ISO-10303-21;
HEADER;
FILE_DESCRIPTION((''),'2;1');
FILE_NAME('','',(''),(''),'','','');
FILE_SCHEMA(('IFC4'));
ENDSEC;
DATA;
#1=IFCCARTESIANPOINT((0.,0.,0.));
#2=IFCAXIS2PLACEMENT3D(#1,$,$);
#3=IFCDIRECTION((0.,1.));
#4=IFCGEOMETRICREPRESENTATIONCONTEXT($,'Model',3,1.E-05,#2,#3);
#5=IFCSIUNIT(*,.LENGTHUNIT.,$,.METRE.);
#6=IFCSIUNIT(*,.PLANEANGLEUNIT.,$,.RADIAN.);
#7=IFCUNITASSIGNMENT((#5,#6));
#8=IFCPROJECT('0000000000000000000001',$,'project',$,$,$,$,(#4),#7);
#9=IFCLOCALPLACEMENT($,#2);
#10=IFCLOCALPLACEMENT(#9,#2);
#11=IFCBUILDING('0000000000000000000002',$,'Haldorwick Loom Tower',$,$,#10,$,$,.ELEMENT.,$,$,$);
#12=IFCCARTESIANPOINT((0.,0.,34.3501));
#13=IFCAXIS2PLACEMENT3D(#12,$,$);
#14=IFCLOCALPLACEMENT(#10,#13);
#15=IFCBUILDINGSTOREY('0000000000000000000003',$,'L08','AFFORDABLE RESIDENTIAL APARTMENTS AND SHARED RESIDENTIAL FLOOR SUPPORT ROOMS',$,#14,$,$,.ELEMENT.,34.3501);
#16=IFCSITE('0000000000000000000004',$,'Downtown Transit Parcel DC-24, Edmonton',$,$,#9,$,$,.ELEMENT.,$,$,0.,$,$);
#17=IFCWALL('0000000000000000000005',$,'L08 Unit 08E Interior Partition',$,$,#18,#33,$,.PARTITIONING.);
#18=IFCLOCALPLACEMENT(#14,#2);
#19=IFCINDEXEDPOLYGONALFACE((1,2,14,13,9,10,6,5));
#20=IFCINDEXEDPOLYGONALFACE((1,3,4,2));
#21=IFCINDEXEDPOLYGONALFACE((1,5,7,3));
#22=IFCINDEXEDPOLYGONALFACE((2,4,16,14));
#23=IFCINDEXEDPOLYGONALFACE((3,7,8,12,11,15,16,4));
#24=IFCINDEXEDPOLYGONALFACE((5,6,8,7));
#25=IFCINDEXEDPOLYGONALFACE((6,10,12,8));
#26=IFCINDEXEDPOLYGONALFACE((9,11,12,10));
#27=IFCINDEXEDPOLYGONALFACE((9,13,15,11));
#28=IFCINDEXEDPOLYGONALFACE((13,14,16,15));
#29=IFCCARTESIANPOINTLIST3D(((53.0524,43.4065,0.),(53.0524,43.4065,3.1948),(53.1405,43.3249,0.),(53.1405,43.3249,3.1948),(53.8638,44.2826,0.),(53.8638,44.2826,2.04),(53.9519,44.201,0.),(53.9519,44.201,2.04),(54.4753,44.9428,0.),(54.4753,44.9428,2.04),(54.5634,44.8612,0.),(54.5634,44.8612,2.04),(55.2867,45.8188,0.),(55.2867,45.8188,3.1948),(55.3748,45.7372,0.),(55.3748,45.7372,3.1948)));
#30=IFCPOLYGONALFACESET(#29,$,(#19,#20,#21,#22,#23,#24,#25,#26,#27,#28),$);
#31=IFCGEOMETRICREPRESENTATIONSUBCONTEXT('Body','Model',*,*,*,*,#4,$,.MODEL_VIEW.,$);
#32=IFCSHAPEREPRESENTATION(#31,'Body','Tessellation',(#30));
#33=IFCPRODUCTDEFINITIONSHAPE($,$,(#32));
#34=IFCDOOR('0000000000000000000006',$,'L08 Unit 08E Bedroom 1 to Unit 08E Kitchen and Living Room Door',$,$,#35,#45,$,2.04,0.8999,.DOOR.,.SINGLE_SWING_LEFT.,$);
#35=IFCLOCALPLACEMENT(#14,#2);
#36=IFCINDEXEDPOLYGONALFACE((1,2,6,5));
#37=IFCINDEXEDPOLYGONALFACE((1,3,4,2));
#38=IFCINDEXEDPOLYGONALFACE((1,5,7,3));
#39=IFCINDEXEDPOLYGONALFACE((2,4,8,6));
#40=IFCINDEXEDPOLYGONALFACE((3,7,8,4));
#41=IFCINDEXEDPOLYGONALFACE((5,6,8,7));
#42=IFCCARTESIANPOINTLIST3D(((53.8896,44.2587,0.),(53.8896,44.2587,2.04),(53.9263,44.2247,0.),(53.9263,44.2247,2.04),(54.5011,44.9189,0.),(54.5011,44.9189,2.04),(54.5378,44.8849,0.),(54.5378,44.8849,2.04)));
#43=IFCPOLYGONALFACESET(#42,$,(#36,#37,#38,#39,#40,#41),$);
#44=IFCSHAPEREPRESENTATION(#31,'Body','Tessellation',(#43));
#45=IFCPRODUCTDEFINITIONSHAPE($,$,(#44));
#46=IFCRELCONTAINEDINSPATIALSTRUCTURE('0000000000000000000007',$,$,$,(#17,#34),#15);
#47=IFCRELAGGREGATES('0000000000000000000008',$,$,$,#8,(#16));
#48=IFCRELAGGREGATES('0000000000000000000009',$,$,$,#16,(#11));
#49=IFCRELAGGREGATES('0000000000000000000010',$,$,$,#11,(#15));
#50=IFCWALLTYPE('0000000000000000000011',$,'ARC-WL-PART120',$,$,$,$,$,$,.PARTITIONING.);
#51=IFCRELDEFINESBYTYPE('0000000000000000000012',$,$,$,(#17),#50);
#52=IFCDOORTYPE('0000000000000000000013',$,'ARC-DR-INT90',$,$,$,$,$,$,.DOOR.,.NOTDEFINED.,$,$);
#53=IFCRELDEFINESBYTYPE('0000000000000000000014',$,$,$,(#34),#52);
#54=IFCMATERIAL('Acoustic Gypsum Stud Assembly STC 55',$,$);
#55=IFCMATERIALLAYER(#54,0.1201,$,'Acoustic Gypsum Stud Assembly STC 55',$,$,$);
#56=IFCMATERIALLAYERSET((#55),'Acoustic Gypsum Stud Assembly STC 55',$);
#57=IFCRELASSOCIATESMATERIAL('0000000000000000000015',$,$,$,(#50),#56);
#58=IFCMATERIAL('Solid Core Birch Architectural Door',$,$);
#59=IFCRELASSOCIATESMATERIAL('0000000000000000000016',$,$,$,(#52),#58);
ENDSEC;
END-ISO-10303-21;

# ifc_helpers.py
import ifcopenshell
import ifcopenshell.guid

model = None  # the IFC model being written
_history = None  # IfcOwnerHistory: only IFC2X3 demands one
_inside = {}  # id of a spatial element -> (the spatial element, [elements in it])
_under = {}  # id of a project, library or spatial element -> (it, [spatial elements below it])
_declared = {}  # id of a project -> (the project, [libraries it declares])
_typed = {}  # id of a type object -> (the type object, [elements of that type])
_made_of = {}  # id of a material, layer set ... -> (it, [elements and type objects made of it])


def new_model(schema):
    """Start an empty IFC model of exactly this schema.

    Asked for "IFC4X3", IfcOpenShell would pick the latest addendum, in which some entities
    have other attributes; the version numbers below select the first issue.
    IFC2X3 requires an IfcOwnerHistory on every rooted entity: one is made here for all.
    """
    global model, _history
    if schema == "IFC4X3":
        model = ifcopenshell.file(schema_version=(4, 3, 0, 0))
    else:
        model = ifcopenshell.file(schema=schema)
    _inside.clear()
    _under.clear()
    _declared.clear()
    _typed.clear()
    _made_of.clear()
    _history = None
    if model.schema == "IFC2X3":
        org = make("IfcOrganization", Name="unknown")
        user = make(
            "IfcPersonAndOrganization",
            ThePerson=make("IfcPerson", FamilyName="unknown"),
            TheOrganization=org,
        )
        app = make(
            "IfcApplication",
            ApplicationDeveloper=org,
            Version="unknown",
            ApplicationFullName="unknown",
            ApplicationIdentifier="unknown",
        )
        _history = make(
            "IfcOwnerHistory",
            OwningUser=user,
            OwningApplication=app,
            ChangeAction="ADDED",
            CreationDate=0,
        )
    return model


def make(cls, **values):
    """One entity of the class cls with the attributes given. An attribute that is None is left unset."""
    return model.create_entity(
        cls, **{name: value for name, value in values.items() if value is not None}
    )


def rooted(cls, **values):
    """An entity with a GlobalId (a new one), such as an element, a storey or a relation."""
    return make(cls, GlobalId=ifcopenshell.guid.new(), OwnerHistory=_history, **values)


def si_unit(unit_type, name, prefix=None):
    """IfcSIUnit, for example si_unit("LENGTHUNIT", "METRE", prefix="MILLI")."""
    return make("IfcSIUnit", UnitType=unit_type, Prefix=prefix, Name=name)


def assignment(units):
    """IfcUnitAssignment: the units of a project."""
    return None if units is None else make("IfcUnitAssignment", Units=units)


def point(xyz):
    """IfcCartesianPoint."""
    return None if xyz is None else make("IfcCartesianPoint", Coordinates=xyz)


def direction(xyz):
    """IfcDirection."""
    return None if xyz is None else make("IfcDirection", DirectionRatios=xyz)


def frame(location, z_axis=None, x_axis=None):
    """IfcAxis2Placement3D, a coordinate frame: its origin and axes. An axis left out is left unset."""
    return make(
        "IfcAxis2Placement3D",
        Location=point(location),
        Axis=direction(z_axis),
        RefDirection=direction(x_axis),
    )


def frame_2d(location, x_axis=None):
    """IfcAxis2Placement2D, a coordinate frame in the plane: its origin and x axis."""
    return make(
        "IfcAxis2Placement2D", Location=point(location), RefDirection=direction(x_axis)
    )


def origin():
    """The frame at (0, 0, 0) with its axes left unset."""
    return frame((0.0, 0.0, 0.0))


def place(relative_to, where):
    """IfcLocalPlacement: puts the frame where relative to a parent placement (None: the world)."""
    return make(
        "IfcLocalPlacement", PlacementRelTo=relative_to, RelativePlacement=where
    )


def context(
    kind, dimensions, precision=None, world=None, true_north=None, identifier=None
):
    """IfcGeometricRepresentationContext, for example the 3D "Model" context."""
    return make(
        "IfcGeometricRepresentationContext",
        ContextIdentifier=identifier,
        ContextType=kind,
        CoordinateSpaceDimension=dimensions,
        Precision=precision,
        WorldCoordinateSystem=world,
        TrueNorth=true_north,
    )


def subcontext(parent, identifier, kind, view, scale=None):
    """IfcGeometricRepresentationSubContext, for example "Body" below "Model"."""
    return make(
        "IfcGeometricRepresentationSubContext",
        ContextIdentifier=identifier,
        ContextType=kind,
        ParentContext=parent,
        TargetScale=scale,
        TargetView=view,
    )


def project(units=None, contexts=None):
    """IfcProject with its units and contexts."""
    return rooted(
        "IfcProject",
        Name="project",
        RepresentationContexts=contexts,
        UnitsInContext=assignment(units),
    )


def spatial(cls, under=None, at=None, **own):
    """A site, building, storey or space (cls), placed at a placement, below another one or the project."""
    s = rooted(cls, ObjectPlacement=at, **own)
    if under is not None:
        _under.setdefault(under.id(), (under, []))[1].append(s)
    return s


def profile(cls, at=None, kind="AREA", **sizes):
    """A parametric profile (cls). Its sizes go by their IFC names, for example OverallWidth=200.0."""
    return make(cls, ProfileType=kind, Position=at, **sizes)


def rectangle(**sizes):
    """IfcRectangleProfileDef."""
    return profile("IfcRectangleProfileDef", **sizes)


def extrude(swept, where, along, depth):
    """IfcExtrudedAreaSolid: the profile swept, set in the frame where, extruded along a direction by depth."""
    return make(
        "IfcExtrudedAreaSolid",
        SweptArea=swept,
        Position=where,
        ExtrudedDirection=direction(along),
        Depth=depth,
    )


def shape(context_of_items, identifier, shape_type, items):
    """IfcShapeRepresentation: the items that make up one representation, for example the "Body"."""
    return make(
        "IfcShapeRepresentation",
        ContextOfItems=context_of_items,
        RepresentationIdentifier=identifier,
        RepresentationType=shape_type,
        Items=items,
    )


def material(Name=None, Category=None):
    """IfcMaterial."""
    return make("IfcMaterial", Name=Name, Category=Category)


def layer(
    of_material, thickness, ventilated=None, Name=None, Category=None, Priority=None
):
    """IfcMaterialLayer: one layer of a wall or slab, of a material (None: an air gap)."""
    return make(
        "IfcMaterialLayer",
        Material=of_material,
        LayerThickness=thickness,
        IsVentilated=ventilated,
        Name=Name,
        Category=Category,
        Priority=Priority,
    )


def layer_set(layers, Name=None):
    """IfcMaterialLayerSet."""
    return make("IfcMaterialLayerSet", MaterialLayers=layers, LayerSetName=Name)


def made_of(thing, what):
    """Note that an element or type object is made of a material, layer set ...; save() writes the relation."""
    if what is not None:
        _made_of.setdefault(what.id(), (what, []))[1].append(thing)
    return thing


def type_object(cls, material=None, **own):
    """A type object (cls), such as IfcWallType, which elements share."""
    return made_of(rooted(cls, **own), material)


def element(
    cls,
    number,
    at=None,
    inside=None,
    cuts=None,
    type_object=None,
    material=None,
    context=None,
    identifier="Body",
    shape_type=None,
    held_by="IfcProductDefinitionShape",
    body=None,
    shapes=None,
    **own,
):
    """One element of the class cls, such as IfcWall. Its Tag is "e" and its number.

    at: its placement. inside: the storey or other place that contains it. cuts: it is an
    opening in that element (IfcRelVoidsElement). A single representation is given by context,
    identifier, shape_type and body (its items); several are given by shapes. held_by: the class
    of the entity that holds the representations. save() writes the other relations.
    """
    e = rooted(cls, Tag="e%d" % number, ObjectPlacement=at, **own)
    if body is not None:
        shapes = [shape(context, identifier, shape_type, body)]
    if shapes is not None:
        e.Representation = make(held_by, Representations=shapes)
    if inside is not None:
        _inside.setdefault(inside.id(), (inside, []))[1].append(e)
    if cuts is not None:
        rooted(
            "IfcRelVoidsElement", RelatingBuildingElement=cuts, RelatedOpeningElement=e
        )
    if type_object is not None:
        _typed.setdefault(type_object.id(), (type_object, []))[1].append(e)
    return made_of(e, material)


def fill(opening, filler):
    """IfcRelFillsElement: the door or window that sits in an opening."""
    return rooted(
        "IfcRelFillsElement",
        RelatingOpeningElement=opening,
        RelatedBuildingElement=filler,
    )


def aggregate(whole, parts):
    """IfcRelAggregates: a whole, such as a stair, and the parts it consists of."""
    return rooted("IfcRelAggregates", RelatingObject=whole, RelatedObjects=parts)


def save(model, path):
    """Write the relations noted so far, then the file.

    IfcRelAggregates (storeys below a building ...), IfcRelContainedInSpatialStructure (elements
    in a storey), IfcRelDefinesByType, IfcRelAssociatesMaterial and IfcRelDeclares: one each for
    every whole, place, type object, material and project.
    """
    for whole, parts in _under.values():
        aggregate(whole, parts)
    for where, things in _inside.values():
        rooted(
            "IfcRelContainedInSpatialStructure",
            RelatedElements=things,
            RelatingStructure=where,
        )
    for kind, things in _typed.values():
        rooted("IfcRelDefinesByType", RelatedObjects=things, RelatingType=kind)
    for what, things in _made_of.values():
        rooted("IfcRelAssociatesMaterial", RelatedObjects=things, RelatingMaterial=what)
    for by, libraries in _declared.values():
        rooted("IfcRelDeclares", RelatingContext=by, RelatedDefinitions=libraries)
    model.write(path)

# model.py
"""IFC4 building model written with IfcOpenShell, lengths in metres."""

from ifc_helpers import new_model, si_unit, direction, frame, frame_2d, origin, place, context, subcontext, project, spatial, rectangle, extrude, material, layer, layer_set, type_object, element, fill, save


model = new_model("IFC4")

# Units and contexts
model_context = context("Model", 3, precision=1e-05, world=origin(), true_north=direction((0.0, 1.0)))
body_context = subcontext(model_context, "Body", "Model", "MODEL_VIEW")
ifc_project = project(units=[si_unit("LENGTHUNIT", "METRE"), si_unit("PLANEANGLEUNIT", "RADIAN")], contexts=[model_context])

# Site, building, storey
site_placement = place(None, origin())
site = spatial("IfcSite", under=ifc_project, at=site_placement, Name="Downtown Transit Parcel DC-24, Edmonton", CompositionType="ELEMENT", RefElevation=0.0)
building_placement = place(site_placement, origin())
building = spatial("IfcBuilding", under=site, at=building_placement, Name="Haldorwick Loom Tower", CompositionType="ELEMENT")
storey_placement = place(building_placement, frame((0.0, 0.0, 34.3501)))
storey = spatial("IfcBuildingStorey", under=building, at=storey_placement, Name="L08", Description="AFFORDABLE RESIDENTIAL APARTMENTS AND SHARED RESIDENTIAL FLOOR SUPPORT ROOMS", CompositionType="ELEMENT", Elevation=34.3501)

# Wall, opening, door
ifc_material_1 = material(Name="Acoustic Gypsum Stud Assembly STC 55")
ifc_layer_1 = layer(ifc_material_1, 0.1201, Name="Acoustic Gypsum Stud Assembly STC 55")
ifc_layer_set_1 = layer_set([ifc_layer_1], Name="Acoustic Gypsum Stud Assembly STC 55")
wall_type_1 = type_object("IfcWallType", Name="ARC-WL-PART120", PredefinedType="PARTITIONING", material=ifc_layer_set_1)
ifc_material_2 = material(Name="Solid Core Birch Architectural Door")
wall_1_placement = place(storey_placement, frame((53.0964, 43.3657, 0.0), z_axis=(0.0, 0.0, 1.0), x_axis=(0.679525, 0.733652, 0.0)))
wall_1 = element("IfcWall", 1, at=wall_1_placement, inside=storey, type_object=wall_type_1, Name="L08 Unit 08E Interior Partition", PredefinedType="PARTITIONING", context=body_context, shape_type="SweptSolid", body=[
    extrude(rectangle(XDim=3.2881, YDim=0.1201, at=frame_2d((1.644, 0.0))), origin(), (0.0, 0.0, 1.0), 3.1948),
])
opening_1_placement = place(wall_1_placement, frame((1.1941, 0.0, 0.0)))
opening_1 = element("IfcOpeningElement", 2, at=opening_1_placement, cuts=wall_1, PredefinedType="OPENING", context=body_context, shape_type="SweptSolid", body=[
    extrude(rectangle(XDim=0.8999, YDim=2.04, at=frame_2d((0.45, 1.02))), frame((0.0, 0.0701, 0.0), z_axis=(0.0, -1.0, 0.0), x_axis=(1.0, 0.0, 0.0)), (0.0, 0.0, 1.0), 0.1401),
])
door_type_1 = type_object("IfcDoorType", Name="ARC-DR-INT90", OperationType="NOTDEFINED", PredefinedType="DOOR", material=ifc_material_2)
door_1_placement = place(opening_1_placement, origin())
door_1 = element("IfcDoor", 3, at=door_1_placement, inside=storey, type_object=door_type_1, Name="L08 Unit 08E Bedroom 1 to Unit 08E Kitchen and Living Room Door", OperationType="SINGLE_SWING_LEFT", OverallHeight=2.04, OverallWidth=0.8999, PredefinedType="DOOR", context=body_context, shape_type="SweptSolid", body=[
    extrude(rectangle(XDim=0.8999, YDim=2.04, at=frame_2d((0.45, 1.02))), frame((0.0, 0.0249, 0.0), z_axis=(0.0, -1.0, 0.0), x_axis=(1.0, 0.0, 0.0)), (0.0, 0.0, 1.0), 0.05),
])
fill(opening_1, door_1)

save(model, "model.ifc")
